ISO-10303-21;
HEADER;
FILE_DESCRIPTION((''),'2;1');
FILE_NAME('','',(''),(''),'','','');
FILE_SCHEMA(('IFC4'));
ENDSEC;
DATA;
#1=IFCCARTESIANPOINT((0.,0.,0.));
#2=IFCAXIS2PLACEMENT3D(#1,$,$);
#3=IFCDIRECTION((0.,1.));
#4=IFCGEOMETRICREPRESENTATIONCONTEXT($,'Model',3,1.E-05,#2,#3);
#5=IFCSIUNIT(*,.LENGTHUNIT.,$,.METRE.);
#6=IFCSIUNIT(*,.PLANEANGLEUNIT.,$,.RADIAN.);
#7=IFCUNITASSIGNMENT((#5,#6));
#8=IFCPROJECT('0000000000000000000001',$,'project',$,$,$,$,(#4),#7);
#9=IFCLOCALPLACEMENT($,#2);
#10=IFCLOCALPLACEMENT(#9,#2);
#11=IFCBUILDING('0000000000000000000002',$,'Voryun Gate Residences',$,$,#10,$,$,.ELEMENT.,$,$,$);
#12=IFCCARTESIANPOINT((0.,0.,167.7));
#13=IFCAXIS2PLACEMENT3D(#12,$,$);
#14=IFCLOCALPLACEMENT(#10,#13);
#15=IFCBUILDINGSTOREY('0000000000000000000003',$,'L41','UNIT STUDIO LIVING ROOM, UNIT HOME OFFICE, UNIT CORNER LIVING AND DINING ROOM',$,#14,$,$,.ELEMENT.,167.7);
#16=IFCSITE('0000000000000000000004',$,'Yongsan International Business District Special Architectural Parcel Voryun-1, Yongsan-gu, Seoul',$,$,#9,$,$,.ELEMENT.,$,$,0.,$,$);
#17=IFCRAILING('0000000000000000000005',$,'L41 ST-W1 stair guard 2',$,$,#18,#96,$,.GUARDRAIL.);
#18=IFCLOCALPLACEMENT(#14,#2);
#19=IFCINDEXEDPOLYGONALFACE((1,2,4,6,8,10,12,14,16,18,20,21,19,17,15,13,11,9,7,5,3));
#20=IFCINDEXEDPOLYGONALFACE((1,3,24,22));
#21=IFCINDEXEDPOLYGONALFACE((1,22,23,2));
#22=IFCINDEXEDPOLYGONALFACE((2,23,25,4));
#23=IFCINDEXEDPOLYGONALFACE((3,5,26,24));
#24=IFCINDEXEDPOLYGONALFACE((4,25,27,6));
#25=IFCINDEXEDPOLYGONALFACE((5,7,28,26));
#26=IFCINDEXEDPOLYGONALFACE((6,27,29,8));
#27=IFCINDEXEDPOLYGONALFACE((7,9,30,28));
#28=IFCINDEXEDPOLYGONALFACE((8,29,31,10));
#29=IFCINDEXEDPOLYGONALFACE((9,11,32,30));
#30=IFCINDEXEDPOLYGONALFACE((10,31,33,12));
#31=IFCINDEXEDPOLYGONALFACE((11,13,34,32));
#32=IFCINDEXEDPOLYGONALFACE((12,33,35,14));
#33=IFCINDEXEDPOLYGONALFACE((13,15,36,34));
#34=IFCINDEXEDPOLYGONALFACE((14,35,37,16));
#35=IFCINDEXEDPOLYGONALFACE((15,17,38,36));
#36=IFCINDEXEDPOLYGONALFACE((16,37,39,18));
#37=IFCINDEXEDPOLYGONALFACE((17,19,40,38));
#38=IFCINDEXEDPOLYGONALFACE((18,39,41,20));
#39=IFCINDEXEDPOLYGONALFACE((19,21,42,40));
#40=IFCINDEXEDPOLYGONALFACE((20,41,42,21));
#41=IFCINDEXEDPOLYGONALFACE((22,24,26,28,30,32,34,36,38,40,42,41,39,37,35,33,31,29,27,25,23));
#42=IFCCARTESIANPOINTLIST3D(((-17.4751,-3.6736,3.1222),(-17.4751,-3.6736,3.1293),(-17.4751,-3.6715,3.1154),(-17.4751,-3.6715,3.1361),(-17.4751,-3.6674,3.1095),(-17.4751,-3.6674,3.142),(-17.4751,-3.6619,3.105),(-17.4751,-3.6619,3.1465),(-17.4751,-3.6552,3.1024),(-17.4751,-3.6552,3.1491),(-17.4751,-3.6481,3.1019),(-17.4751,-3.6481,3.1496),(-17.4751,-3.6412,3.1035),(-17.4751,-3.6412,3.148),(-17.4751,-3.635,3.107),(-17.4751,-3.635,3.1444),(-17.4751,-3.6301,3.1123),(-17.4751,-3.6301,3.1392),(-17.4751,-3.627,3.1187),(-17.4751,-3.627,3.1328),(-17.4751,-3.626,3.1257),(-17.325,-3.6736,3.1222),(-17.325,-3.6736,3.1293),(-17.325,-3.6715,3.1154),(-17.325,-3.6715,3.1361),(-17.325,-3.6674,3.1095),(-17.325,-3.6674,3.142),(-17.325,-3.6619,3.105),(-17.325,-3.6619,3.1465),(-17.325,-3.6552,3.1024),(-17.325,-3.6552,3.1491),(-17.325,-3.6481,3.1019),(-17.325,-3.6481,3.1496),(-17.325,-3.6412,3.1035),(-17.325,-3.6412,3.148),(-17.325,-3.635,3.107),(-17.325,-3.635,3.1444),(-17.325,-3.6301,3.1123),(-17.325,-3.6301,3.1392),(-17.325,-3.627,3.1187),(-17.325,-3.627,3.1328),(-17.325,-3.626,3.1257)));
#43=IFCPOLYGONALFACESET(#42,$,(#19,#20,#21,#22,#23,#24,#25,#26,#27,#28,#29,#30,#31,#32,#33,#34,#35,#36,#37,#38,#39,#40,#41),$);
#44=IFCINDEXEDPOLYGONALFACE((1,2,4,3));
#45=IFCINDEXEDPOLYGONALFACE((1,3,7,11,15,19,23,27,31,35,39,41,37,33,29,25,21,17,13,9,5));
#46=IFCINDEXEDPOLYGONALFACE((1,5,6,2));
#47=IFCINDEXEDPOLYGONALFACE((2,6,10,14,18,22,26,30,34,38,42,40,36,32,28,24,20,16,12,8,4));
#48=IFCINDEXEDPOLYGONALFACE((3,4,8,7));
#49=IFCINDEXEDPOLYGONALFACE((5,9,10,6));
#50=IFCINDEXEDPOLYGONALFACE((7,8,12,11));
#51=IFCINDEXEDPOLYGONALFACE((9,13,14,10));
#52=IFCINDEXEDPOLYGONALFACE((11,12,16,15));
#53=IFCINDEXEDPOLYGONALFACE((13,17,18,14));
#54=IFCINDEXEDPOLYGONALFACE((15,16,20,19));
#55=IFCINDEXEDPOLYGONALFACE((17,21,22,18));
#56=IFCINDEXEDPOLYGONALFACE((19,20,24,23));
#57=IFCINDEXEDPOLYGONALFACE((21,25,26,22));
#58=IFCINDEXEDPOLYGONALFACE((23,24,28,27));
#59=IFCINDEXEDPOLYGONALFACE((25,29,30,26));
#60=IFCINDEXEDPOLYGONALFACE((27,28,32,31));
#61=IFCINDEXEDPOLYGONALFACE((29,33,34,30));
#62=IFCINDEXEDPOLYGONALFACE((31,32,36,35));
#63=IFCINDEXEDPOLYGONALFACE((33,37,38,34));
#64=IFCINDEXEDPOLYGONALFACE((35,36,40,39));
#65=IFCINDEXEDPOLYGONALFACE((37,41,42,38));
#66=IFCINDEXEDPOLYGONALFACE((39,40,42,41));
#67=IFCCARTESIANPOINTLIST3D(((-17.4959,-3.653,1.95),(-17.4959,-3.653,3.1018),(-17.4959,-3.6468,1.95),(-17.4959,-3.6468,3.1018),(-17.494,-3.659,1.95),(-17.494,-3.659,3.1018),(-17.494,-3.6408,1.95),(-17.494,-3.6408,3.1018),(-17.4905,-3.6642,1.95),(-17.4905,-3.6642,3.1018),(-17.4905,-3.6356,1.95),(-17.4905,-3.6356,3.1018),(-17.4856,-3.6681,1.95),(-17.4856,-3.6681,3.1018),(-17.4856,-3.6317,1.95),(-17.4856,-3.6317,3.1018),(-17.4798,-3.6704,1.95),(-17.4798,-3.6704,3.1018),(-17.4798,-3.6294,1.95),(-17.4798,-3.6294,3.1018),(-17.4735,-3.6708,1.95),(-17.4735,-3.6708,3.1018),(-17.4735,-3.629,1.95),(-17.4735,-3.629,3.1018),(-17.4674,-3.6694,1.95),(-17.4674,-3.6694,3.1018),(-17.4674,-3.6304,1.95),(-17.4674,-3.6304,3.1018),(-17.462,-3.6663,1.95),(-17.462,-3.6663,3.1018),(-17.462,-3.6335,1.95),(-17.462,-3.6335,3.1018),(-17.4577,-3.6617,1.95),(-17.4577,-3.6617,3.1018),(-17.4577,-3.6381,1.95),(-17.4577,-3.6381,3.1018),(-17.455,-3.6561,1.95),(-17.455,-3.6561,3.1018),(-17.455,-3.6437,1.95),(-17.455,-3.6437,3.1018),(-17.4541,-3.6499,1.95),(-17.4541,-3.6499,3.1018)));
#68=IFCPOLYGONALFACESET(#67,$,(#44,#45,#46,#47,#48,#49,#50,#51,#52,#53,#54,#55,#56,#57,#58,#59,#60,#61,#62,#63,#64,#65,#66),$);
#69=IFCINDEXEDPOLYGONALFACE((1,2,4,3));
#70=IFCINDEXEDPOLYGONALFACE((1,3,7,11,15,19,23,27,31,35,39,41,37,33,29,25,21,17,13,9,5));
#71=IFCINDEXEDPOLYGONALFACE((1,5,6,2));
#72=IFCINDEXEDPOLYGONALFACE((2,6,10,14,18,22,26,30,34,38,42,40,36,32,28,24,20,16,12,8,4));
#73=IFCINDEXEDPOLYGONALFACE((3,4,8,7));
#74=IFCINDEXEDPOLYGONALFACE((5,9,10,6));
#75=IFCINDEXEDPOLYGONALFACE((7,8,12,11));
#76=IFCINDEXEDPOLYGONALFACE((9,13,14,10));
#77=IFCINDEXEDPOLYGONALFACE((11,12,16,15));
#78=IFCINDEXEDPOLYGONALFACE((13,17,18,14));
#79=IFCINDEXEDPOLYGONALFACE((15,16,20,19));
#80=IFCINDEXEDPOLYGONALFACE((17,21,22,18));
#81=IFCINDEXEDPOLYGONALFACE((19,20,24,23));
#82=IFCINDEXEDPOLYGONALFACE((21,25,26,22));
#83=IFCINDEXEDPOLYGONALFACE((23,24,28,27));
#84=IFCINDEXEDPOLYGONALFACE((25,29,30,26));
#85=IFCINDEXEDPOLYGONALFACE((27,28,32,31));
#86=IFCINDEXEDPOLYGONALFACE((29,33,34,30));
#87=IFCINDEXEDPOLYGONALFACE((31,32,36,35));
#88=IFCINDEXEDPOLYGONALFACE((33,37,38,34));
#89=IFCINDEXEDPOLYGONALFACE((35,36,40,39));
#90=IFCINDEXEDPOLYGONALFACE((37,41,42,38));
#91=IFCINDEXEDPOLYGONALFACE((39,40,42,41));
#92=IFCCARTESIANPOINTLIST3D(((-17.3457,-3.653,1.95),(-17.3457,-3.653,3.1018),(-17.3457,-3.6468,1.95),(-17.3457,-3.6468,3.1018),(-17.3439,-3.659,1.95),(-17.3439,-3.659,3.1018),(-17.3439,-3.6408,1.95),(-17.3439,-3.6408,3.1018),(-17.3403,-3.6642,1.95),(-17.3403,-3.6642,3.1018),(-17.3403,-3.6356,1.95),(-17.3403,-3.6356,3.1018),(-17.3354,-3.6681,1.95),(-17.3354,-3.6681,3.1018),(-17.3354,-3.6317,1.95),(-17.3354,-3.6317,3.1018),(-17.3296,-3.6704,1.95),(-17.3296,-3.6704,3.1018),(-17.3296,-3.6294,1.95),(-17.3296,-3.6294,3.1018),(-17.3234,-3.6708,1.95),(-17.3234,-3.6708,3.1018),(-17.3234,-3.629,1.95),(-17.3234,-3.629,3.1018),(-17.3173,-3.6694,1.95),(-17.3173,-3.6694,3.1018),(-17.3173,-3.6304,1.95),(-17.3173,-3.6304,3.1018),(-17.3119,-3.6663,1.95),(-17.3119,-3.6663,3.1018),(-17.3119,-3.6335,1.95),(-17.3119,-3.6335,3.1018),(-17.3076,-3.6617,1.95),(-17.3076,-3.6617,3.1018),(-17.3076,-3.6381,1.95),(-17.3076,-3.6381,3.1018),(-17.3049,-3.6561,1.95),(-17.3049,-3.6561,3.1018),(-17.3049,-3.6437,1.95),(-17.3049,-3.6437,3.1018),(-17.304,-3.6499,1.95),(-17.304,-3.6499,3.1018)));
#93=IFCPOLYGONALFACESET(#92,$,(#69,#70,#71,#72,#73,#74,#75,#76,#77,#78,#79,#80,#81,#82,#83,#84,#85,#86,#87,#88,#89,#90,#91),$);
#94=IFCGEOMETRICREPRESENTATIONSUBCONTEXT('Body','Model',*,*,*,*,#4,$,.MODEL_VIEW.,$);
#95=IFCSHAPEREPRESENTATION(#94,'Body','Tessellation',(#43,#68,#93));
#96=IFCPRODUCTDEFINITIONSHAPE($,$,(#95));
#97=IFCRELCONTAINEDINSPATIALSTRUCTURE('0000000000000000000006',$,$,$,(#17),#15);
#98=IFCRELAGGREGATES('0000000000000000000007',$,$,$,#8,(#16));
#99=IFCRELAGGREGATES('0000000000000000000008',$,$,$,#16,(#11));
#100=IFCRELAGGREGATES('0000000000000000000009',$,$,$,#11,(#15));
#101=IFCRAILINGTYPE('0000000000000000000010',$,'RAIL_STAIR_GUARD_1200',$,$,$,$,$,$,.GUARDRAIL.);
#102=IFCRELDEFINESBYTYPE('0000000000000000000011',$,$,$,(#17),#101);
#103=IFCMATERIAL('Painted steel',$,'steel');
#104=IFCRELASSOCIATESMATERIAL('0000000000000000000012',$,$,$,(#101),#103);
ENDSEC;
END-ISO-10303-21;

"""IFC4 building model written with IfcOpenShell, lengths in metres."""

from ifc_helpers import new_model, si_unit, direction, frame, origin, origin_2d, place, context, subcontext, project, spatial, circle, extrude, material, type_object, element, save


model = new_model("IFC4")

# Units and contexts
model_context = context("Model", 3, precision=1e-05, world=origin(), true_north=direction((0.0, 1.0)))
body_context = subcontext(model_context, "Body", "Model", "MODEL_VIEW")
ifc_project = project(units=[si_unit("LENGTHUNIT", "METRE"), si_unit("PLANEANGLEUNIT", "RADIAN")], contexts=[model_context])

# Site, building, storey
site_placement = place(None, origin())
site = spatial("IfcSite", under=ifc_project, at=site_placement, Name="Yongsan International Business District Special Architectural Parcel Voryun-1, Yongsan-gu, Seoul", CompositionType="ELEMENT", RefElevation=0.0)
building_placement = place(site_placement, origin())
building = spatial("IfcBuilding", under=site, at=building_placement, Name="Voryun Gate Residences", CompositionType="ELEMENT")
storey_placement = place(building_placement, frame((0.0, 0.0, 167.7)))
storey = spatial("IfcBuildingStorey", under=building, at=storey_placement, Name="L41", Description="UNIT STUDIO LIVING ROOM, UNIT HOME OFFICE, UNIT CORNER LIVING AND DINING ROOM", CompositionType="ELEMENT", Elevation=167.7)

# Railing
ifc_material_1 = material(Name="Painted steel", Category="steel")
railing_type_1 = type_object("IfcRailingType", Name="RAIL_STAIR_GUARD_1200", PredefinedType="GUARDRAIL", material=ifc_material_1)
railing_1_placement = place(storey_placement, frame((-17.4751, -3.6499, 1.95)))
element("IfcRailing", 1, at=railing_1_placement, inside=storey, type_object=railing_type_1, Name="L41 ST-W1 stair guard 2", PredefinedType="GUARDRAIL", context=body_context, shape_type="SweptSolid", body=[
    extrude(circle(Radius=0.0239, at=origin_2d()), frame((0.0, 0.0, 1.1758), z_axis=(1.0, 0.0, 0.0), x_axis=(0.0, 1.0, 0.0)), (0.0, 0.0, 1.0), 0.1501),
    extrude(circle(Radius=0.021, at=origin_2d()), origin(), (0.0, 0.0, 1.0), 1.1519),
    extrude(circle(Radius=0.021, at=origin_2d()), frame((0.1501, 0.0, 0.0)), (0.0, 0.0, 1.0), 1.1519),
])

save(model, "model.ifc")
